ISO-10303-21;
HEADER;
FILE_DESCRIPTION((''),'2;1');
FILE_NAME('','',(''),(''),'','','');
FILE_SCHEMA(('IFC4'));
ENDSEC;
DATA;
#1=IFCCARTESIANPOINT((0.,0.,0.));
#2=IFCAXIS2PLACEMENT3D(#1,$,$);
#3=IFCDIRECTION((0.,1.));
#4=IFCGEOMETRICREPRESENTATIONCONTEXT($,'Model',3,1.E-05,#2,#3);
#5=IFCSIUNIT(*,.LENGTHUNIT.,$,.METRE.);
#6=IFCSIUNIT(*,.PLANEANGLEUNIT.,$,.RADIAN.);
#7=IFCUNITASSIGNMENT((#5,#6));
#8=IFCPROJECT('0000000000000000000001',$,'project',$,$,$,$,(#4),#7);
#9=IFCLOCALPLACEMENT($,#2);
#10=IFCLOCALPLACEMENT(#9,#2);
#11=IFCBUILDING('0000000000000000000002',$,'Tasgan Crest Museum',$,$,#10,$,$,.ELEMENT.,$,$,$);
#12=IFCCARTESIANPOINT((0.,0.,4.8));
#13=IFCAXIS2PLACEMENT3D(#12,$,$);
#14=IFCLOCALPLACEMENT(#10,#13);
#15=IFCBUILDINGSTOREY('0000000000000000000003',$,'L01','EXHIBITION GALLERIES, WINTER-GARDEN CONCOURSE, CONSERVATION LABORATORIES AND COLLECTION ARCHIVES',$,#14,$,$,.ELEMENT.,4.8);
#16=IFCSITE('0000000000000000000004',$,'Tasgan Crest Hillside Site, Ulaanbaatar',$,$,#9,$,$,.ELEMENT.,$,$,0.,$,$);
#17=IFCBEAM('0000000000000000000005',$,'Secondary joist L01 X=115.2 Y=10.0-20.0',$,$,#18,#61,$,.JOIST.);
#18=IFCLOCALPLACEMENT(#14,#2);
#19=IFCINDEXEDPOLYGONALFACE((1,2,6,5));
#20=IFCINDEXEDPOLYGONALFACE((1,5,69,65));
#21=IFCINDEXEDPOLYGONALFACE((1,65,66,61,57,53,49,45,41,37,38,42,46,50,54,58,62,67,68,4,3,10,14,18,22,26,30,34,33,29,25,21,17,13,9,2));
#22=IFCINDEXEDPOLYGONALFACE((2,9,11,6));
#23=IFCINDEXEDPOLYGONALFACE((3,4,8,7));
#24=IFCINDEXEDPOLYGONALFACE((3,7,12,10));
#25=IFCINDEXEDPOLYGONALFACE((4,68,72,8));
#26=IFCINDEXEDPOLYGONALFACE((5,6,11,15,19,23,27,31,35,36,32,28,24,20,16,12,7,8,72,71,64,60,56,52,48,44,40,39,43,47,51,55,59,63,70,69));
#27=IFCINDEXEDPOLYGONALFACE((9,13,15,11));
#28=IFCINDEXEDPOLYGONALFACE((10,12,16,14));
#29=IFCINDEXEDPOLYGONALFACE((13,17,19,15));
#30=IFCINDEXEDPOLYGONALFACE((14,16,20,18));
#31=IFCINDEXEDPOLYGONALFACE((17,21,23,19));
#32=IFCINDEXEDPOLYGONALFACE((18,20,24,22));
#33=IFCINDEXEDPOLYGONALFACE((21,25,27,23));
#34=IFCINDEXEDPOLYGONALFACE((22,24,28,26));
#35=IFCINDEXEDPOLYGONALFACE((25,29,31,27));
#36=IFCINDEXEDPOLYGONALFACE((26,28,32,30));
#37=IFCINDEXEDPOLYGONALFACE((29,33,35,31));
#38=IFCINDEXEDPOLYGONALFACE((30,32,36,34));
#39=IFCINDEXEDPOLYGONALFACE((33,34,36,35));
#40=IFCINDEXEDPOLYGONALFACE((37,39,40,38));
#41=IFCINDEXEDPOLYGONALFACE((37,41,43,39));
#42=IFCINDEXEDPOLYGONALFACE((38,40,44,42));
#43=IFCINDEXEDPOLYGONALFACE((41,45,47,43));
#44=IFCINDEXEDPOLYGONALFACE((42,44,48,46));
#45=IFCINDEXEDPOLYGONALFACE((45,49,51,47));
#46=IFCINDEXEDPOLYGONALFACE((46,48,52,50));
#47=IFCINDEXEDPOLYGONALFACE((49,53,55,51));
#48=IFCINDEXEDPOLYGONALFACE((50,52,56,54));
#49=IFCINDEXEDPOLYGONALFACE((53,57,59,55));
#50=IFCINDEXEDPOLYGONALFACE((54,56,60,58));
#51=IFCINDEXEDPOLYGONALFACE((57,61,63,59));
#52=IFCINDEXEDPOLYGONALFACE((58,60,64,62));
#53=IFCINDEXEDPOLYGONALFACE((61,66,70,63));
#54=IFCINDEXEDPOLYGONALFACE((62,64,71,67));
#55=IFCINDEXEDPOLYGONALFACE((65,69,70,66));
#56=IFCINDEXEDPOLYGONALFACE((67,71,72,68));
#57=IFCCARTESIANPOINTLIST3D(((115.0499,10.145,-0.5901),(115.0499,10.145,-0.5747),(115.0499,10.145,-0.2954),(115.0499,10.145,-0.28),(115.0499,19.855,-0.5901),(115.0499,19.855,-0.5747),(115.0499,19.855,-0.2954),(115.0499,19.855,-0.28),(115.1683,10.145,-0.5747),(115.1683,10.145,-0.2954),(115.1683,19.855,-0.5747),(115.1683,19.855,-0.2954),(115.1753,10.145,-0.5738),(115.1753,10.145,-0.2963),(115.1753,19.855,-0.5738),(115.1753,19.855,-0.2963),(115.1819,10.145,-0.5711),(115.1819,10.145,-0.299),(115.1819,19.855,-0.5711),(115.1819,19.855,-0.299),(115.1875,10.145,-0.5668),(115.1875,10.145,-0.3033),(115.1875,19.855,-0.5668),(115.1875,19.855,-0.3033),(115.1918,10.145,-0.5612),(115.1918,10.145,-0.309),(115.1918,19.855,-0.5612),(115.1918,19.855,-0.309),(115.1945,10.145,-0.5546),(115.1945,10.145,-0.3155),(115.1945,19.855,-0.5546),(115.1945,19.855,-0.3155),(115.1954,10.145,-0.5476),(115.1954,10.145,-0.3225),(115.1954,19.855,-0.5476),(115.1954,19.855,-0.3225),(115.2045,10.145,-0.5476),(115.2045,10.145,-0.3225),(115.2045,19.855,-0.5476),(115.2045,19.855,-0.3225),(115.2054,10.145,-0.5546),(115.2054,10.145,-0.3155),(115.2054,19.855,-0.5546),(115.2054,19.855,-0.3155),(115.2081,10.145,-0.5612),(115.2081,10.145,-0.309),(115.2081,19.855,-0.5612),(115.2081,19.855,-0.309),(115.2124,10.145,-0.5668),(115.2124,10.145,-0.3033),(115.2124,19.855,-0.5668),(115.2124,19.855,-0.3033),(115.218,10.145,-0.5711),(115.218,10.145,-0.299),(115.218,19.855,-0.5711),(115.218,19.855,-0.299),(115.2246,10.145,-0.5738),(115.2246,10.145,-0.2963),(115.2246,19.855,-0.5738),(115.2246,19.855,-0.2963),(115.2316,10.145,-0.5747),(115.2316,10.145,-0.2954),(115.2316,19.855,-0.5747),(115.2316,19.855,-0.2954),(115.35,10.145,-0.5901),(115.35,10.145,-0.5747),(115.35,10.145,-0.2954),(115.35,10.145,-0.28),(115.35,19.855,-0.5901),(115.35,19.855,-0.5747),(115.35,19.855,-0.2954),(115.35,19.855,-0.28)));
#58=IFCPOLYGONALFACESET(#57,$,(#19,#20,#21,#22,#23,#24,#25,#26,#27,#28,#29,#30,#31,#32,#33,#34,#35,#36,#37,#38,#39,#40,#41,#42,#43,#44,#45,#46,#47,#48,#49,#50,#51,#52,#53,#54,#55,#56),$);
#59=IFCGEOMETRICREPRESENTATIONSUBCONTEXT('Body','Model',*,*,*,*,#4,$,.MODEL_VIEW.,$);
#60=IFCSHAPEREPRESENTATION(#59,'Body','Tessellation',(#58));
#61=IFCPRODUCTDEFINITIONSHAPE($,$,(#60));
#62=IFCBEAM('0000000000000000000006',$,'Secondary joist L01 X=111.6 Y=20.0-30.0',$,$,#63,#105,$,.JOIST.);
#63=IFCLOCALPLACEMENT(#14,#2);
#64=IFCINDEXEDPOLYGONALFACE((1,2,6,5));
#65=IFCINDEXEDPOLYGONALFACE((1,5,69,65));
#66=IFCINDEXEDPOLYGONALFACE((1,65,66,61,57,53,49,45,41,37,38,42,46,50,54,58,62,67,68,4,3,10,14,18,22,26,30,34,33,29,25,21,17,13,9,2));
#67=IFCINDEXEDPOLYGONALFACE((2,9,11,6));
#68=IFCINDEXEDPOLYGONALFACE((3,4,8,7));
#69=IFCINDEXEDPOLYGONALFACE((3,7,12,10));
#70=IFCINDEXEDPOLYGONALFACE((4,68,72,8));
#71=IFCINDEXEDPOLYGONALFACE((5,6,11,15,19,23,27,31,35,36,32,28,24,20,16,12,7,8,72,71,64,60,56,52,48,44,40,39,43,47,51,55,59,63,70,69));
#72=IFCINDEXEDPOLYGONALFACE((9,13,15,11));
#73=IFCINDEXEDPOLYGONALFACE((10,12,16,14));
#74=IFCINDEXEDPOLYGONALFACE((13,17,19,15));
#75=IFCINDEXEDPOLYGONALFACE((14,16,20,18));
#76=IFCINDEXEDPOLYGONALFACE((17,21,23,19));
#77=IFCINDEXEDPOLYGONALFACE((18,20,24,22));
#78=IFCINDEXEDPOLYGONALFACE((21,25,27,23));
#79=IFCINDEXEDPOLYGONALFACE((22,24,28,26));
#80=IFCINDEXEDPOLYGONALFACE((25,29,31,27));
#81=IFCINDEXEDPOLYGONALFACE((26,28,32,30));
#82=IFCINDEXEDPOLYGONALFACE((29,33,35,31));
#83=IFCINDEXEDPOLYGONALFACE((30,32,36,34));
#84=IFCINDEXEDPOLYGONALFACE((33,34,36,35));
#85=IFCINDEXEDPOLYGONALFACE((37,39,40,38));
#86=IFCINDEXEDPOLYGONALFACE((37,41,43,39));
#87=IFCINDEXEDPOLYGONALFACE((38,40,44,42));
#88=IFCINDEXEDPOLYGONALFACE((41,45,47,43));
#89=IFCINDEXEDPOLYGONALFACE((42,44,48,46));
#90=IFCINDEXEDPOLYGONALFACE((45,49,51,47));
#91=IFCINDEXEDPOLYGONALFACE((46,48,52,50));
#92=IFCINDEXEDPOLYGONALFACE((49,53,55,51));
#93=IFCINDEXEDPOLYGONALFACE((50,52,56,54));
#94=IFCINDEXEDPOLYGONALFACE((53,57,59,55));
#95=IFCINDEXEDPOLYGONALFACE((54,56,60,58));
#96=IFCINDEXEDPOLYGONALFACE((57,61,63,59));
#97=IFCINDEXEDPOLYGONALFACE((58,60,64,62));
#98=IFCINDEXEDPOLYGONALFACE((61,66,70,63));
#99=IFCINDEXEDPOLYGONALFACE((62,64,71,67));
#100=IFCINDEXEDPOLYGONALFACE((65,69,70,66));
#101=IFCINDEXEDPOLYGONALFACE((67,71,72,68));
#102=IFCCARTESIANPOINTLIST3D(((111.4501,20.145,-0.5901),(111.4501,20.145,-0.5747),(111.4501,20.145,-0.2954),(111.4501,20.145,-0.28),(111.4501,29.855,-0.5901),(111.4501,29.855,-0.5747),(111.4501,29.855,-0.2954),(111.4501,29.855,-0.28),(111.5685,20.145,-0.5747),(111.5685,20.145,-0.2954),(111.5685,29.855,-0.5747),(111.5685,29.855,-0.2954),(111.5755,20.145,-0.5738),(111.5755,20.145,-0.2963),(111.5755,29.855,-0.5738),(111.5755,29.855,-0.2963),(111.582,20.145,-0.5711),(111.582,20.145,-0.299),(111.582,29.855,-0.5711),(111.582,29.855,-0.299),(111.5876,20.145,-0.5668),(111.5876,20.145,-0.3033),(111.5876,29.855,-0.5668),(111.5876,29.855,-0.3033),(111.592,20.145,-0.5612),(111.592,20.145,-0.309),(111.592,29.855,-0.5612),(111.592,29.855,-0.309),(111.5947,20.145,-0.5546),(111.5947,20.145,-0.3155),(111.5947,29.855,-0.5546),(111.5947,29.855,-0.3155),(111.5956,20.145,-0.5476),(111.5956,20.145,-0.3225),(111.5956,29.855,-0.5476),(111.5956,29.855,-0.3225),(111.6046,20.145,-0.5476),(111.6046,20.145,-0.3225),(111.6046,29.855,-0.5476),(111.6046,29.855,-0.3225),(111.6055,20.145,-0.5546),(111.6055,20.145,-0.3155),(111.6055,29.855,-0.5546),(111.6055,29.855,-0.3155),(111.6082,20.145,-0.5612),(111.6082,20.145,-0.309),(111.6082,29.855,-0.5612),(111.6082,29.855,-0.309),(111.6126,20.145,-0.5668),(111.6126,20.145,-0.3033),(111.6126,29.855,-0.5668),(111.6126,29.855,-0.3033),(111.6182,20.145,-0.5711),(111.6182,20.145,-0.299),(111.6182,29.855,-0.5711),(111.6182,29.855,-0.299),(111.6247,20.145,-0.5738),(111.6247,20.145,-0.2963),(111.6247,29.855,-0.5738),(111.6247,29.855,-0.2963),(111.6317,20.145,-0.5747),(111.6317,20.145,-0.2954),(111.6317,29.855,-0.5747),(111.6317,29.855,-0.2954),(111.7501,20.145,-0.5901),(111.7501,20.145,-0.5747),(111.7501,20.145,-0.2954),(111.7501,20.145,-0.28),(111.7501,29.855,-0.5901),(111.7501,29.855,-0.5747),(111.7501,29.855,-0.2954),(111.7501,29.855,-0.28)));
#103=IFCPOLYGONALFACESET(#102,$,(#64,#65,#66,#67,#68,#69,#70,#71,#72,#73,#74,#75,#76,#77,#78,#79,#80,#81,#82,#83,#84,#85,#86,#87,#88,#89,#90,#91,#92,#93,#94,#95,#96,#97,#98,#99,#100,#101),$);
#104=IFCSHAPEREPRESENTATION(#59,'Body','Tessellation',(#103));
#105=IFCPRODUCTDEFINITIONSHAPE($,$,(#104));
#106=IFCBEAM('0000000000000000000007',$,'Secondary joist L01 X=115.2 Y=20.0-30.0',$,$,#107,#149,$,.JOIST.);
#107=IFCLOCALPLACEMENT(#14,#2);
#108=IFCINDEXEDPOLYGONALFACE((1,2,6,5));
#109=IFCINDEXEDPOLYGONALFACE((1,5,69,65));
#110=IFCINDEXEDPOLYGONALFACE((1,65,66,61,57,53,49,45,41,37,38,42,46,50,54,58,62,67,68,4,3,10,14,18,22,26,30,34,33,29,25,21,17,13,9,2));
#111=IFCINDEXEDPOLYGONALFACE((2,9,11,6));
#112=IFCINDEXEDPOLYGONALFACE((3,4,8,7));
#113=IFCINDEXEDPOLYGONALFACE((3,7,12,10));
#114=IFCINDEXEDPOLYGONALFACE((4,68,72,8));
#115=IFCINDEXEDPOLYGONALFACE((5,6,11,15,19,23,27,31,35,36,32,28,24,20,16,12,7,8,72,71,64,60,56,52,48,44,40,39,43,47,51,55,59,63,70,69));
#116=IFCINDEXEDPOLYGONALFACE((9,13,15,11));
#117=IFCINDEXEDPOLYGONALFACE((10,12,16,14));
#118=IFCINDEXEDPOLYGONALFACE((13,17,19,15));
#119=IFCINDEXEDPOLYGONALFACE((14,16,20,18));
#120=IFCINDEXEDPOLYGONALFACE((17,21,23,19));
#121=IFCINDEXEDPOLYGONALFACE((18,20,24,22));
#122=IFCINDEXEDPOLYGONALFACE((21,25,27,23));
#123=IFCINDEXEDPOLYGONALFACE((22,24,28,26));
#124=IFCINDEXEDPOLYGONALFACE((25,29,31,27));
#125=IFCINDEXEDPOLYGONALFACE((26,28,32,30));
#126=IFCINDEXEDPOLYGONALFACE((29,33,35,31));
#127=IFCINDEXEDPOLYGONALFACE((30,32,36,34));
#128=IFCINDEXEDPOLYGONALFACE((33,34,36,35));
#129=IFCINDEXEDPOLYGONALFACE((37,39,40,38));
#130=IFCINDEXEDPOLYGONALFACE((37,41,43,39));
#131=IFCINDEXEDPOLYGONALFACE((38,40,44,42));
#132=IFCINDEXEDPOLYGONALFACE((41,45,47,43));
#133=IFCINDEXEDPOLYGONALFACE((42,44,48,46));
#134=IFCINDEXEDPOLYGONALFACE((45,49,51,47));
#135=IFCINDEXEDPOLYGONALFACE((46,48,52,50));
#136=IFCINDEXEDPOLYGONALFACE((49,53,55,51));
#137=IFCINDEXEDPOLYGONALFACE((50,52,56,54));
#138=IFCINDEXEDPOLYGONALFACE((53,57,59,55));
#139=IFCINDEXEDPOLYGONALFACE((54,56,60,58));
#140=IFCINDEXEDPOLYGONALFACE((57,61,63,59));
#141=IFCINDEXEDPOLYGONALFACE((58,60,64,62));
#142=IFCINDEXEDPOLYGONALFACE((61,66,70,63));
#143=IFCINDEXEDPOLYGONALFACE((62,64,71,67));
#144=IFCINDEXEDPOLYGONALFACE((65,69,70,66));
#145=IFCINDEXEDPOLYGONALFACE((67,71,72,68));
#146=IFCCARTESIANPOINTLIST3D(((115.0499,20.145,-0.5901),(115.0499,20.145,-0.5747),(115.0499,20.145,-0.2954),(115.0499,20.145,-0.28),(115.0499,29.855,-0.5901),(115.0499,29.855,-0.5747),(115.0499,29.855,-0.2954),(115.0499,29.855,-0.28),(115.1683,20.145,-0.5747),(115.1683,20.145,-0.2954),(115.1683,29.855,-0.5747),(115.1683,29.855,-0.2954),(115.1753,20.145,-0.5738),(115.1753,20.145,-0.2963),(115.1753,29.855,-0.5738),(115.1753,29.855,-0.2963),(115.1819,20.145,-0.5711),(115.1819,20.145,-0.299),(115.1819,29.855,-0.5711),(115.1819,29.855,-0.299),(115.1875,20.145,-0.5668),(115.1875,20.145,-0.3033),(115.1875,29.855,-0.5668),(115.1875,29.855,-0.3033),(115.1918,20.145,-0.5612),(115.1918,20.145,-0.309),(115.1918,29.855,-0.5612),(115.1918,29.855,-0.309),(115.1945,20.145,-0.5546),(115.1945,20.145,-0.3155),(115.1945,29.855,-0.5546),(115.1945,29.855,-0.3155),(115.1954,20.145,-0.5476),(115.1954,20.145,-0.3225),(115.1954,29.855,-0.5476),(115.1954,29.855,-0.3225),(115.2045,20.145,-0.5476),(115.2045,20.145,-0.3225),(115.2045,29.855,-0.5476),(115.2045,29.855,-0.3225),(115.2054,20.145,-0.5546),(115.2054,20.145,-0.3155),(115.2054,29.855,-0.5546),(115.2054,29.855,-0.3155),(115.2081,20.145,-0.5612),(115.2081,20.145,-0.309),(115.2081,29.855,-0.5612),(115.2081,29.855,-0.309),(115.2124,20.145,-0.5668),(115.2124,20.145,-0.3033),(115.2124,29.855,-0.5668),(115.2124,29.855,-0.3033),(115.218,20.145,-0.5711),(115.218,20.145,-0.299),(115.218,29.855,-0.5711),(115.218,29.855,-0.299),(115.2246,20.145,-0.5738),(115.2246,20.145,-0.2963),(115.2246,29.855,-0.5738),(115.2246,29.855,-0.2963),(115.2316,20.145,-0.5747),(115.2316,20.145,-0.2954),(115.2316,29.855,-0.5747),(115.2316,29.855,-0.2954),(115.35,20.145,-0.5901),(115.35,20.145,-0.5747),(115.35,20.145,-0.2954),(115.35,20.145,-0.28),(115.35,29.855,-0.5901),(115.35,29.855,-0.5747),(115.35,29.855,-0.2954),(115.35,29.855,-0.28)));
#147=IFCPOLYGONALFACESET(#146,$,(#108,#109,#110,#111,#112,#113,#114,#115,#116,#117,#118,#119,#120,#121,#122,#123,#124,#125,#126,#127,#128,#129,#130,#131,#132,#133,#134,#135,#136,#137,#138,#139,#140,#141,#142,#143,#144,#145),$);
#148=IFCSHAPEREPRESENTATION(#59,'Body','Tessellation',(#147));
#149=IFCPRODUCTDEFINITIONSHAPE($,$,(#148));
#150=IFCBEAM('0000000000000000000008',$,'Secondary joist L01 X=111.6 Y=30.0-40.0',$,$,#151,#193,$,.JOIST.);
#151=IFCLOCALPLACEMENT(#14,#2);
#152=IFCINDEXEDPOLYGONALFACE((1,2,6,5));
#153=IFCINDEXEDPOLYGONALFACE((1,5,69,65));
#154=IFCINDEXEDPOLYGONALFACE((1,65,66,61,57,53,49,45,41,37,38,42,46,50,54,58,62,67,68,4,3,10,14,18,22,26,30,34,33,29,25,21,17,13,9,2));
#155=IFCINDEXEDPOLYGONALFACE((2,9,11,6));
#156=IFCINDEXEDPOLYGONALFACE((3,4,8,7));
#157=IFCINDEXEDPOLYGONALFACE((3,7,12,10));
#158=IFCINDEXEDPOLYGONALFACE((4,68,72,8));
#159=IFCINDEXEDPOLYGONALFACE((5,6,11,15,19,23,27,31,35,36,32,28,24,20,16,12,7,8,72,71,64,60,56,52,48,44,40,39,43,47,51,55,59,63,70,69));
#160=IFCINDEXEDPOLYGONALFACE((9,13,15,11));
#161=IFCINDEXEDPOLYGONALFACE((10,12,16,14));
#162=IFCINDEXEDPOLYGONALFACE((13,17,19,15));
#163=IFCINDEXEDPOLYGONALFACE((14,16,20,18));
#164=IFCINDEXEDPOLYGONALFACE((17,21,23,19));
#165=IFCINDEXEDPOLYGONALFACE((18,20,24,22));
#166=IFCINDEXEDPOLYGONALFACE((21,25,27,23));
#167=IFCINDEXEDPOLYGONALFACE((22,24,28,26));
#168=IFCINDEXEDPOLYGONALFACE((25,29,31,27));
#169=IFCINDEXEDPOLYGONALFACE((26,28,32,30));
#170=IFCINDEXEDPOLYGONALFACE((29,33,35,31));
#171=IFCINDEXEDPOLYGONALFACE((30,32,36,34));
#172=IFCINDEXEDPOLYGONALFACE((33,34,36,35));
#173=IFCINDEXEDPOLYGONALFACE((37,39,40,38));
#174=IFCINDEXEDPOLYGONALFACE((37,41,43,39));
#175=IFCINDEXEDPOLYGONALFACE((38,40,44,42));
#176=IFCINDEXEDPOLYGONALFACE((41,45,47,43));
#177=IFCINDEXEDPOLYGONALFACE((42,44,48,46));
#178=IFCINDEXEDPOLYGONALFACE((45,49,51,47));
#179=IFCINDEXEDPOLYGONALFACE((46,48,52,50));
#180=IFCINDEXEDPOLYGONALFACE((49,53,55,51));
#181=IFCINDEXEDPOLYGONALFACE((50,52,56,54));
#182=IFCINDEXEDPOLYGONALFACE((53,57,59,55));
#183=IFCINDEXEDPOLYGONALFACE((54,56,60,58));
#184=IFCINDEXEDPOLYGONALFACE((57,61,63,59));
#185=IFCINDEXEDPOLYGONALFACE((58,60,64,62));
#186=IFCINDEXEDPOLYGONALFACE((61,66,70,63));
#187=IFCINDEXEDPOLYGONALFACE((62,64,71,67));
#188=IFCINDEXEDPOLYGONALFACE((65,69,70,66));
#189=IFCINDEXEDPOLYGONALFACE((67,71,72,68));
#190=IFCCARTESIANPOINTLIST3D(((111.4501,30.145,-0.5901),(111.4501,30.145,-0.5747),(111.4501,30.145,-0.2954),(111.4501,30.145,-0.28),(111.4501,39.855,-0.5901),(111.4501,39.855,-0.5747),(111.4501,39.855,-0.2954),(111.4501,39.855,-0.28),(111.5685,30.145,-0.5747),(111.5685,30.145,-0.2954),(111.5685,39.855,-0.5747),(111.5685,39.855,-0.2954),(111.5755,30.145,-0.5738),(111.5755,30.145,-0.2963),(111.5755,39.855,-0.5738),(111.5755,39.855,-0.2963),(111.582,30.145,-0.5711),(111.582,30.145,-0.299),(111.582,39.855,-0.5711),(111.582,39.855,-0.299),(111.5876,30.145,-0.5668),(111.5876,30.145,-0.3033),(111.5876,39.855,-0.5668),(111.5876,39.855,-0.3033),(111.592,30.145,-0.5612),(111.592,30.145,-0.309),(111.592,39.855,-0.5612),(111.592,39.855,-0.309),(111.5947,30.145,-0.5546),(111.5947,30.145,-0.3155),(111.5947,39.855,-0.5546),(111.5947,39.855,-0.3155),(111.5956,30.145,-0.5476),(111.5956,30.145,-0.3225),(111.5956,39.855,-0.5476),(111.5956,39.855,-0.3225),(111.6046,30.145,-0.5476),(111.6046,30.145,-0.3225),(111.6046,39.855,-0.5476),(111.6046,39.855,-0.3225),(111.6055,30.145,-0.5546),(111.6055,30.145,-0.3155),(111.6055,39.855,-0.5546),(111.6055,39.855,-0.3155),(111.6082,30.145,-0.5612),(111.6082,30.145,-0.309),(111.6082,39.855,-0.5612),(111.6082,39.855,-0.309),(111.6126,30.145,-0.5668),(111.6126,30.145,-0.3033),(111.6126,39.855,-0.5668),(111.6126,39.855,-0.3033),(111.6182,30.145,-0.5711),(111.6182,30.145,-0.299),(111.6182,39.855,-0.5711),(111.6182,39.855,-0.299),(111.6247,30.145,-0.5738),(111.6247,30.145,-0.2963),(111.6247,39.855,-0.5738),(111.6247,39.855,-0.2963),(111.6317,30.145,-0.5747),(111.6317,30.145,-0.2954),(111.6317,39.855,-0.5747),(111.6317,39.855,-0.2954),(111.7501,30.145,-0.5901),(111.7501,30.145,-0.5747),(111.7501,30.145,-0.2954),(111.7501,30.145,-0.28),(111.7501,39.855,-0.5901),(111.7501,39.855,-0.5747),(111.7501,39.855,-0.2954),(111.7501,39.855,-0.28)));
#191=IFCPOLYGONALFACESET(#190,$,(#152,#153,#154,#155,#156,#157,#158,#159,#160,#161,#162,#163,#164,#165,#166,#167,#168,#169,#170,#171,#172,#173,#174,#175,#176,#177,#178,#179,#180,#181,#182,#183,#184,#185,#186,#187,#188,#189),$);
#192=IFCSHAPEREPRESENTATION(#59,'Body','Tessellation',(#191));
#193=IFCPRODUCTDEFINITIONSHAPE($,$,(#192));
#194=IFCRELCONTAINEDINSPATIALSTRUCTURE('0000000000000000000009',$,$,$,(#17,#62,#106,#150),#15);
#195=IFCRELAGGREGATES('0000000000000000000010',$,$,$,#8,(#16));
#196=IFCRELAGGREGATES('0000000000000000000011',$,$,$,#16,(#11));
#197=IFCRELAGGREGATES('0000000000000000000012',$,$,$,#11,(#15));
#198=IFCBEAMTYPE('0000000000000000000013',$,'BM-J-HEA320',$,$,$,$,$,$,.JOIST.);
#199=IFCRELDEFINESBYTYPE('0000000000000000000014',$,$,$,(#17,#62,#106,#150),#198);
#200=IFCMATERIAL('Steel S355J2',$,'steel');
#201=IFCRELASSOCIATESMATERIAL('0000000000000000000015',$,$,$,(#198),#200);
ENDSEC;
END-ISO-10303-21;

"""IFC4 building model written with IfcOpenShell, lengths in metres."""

from ifc_helpers import new_model, si_unit, direction, frame, origin, origin_2d, place, context, subcontext, project, spatial, i_section, extrude, material, material_profile, profile_set, type_object, element, save


model = new_model("IFC4")

# Units and contexts
model_context = context("Model", 3, precision=1e-05, world=origin(), true_north=direction((0.0, 1.0)))
body_context = subcontext(model_context, "Body", "Model", "MODEL_VIEW")
ifc_project = project(units=[si_unit("LENGTHUNIT", "METRE"), si_unit("PLANEANGLEUNIT", "RADIAN")], contexts=[model_context])

# Site, building, storey
site_placement = place(None, origin())
site = spatial("IfcSite", under=ifc_project, at=site_placement, Name="Tasgan Crest Hillside Site, Ulaanbaatar", CompositionType="ELEMENT", RefElevation=0.0)
building_placement = place(site_placement, origin())
building = spatial("IfcBuilding", under=site, at=building_placement, Name="Tasgan Crest Museum", CompositionType="ELEMENT")
storey_placement = place(building_placement, frame((0.0, 0.0, 4.8)))
storey = spatial("IfcBuildingStorey", under=building, at=storey_placement, Name="L01", Description="EXHIBITION GALLERIES, WINTER-GARDEN CONCOURSE, CONSERVATION LABORATORIES AND COLLECTION ARCHIVES", CompositionType="ELEMENT", Elevation=4.8)

# Beams
ifc_material_1 = material(Name="Steel S355J2", Category="steel")
ifc_material_profile_1 = material_profile(ifc_material_1, i_section(OverallWidth=0.3, OverallDepth=0.3101, WebThickness=0.009, FlangeThickness=0.0154, FilletRadius=0.0271, at=origin_2d()), Name="HEA 320")
ifc_profile_set_1 = profile_set([ifc_material_profile_1], Name="Steel S355J2")
beam_type_1 = type_object("IfcBeamType", Name="BM-J-HEA320", PredefinedType="JOIST", material=ifc_profile_set_1)
for number, where, z_axis, x_axis, name in (
    (1, (115.2, 10.145, -0.4351), (0.0, 1.0, 0.0), (-1.0, 0.0, 0.0), "Secondary joist L01 X=115.2 Y=10.0-20.0"),
    (2, (111.6001, 20.145, -0.4351), (0.0, 1.0, 0.0), (-1.0, 0.0, 0.0), "Secondary joist L01 X=111.6 Y=20.0-30.0"),
    (3, (115.2, 20.145, -0.4351), (0.0, 1.0, 0.0), (-1.0, 0.0, 0.0), "Secondary joist L01 X=115.2 Y=20.0-30.0"),
    (4, (111.6001, 30.145, -0.4351), (0.0, 1.0, 0.0), (-1.0, 0.0, 0.0), "Secondary joist L01 X=111.6 Y=30.0-40.0"),
):
    element("IfcBeam", number, at=place(storey_placement, frame(where, z_axis=z_axis, x_axis=x_axis)), inside=storey, type_object=beam_type_1, Name=name, PredefinedType="JOIST", context=body_context, shape_type="SweptSolid", body=[
        extrude(i_section(OverallWidth=0.3, OverallDepth=0.3101, WebThickness=0.009, FlangeThickness=0.0154, FilletRadius=0.0271, at=origin_2d()), origin(), (0.0, 0.0, 1.0), 9.71),
    ])

save(model, "model.ifc")
